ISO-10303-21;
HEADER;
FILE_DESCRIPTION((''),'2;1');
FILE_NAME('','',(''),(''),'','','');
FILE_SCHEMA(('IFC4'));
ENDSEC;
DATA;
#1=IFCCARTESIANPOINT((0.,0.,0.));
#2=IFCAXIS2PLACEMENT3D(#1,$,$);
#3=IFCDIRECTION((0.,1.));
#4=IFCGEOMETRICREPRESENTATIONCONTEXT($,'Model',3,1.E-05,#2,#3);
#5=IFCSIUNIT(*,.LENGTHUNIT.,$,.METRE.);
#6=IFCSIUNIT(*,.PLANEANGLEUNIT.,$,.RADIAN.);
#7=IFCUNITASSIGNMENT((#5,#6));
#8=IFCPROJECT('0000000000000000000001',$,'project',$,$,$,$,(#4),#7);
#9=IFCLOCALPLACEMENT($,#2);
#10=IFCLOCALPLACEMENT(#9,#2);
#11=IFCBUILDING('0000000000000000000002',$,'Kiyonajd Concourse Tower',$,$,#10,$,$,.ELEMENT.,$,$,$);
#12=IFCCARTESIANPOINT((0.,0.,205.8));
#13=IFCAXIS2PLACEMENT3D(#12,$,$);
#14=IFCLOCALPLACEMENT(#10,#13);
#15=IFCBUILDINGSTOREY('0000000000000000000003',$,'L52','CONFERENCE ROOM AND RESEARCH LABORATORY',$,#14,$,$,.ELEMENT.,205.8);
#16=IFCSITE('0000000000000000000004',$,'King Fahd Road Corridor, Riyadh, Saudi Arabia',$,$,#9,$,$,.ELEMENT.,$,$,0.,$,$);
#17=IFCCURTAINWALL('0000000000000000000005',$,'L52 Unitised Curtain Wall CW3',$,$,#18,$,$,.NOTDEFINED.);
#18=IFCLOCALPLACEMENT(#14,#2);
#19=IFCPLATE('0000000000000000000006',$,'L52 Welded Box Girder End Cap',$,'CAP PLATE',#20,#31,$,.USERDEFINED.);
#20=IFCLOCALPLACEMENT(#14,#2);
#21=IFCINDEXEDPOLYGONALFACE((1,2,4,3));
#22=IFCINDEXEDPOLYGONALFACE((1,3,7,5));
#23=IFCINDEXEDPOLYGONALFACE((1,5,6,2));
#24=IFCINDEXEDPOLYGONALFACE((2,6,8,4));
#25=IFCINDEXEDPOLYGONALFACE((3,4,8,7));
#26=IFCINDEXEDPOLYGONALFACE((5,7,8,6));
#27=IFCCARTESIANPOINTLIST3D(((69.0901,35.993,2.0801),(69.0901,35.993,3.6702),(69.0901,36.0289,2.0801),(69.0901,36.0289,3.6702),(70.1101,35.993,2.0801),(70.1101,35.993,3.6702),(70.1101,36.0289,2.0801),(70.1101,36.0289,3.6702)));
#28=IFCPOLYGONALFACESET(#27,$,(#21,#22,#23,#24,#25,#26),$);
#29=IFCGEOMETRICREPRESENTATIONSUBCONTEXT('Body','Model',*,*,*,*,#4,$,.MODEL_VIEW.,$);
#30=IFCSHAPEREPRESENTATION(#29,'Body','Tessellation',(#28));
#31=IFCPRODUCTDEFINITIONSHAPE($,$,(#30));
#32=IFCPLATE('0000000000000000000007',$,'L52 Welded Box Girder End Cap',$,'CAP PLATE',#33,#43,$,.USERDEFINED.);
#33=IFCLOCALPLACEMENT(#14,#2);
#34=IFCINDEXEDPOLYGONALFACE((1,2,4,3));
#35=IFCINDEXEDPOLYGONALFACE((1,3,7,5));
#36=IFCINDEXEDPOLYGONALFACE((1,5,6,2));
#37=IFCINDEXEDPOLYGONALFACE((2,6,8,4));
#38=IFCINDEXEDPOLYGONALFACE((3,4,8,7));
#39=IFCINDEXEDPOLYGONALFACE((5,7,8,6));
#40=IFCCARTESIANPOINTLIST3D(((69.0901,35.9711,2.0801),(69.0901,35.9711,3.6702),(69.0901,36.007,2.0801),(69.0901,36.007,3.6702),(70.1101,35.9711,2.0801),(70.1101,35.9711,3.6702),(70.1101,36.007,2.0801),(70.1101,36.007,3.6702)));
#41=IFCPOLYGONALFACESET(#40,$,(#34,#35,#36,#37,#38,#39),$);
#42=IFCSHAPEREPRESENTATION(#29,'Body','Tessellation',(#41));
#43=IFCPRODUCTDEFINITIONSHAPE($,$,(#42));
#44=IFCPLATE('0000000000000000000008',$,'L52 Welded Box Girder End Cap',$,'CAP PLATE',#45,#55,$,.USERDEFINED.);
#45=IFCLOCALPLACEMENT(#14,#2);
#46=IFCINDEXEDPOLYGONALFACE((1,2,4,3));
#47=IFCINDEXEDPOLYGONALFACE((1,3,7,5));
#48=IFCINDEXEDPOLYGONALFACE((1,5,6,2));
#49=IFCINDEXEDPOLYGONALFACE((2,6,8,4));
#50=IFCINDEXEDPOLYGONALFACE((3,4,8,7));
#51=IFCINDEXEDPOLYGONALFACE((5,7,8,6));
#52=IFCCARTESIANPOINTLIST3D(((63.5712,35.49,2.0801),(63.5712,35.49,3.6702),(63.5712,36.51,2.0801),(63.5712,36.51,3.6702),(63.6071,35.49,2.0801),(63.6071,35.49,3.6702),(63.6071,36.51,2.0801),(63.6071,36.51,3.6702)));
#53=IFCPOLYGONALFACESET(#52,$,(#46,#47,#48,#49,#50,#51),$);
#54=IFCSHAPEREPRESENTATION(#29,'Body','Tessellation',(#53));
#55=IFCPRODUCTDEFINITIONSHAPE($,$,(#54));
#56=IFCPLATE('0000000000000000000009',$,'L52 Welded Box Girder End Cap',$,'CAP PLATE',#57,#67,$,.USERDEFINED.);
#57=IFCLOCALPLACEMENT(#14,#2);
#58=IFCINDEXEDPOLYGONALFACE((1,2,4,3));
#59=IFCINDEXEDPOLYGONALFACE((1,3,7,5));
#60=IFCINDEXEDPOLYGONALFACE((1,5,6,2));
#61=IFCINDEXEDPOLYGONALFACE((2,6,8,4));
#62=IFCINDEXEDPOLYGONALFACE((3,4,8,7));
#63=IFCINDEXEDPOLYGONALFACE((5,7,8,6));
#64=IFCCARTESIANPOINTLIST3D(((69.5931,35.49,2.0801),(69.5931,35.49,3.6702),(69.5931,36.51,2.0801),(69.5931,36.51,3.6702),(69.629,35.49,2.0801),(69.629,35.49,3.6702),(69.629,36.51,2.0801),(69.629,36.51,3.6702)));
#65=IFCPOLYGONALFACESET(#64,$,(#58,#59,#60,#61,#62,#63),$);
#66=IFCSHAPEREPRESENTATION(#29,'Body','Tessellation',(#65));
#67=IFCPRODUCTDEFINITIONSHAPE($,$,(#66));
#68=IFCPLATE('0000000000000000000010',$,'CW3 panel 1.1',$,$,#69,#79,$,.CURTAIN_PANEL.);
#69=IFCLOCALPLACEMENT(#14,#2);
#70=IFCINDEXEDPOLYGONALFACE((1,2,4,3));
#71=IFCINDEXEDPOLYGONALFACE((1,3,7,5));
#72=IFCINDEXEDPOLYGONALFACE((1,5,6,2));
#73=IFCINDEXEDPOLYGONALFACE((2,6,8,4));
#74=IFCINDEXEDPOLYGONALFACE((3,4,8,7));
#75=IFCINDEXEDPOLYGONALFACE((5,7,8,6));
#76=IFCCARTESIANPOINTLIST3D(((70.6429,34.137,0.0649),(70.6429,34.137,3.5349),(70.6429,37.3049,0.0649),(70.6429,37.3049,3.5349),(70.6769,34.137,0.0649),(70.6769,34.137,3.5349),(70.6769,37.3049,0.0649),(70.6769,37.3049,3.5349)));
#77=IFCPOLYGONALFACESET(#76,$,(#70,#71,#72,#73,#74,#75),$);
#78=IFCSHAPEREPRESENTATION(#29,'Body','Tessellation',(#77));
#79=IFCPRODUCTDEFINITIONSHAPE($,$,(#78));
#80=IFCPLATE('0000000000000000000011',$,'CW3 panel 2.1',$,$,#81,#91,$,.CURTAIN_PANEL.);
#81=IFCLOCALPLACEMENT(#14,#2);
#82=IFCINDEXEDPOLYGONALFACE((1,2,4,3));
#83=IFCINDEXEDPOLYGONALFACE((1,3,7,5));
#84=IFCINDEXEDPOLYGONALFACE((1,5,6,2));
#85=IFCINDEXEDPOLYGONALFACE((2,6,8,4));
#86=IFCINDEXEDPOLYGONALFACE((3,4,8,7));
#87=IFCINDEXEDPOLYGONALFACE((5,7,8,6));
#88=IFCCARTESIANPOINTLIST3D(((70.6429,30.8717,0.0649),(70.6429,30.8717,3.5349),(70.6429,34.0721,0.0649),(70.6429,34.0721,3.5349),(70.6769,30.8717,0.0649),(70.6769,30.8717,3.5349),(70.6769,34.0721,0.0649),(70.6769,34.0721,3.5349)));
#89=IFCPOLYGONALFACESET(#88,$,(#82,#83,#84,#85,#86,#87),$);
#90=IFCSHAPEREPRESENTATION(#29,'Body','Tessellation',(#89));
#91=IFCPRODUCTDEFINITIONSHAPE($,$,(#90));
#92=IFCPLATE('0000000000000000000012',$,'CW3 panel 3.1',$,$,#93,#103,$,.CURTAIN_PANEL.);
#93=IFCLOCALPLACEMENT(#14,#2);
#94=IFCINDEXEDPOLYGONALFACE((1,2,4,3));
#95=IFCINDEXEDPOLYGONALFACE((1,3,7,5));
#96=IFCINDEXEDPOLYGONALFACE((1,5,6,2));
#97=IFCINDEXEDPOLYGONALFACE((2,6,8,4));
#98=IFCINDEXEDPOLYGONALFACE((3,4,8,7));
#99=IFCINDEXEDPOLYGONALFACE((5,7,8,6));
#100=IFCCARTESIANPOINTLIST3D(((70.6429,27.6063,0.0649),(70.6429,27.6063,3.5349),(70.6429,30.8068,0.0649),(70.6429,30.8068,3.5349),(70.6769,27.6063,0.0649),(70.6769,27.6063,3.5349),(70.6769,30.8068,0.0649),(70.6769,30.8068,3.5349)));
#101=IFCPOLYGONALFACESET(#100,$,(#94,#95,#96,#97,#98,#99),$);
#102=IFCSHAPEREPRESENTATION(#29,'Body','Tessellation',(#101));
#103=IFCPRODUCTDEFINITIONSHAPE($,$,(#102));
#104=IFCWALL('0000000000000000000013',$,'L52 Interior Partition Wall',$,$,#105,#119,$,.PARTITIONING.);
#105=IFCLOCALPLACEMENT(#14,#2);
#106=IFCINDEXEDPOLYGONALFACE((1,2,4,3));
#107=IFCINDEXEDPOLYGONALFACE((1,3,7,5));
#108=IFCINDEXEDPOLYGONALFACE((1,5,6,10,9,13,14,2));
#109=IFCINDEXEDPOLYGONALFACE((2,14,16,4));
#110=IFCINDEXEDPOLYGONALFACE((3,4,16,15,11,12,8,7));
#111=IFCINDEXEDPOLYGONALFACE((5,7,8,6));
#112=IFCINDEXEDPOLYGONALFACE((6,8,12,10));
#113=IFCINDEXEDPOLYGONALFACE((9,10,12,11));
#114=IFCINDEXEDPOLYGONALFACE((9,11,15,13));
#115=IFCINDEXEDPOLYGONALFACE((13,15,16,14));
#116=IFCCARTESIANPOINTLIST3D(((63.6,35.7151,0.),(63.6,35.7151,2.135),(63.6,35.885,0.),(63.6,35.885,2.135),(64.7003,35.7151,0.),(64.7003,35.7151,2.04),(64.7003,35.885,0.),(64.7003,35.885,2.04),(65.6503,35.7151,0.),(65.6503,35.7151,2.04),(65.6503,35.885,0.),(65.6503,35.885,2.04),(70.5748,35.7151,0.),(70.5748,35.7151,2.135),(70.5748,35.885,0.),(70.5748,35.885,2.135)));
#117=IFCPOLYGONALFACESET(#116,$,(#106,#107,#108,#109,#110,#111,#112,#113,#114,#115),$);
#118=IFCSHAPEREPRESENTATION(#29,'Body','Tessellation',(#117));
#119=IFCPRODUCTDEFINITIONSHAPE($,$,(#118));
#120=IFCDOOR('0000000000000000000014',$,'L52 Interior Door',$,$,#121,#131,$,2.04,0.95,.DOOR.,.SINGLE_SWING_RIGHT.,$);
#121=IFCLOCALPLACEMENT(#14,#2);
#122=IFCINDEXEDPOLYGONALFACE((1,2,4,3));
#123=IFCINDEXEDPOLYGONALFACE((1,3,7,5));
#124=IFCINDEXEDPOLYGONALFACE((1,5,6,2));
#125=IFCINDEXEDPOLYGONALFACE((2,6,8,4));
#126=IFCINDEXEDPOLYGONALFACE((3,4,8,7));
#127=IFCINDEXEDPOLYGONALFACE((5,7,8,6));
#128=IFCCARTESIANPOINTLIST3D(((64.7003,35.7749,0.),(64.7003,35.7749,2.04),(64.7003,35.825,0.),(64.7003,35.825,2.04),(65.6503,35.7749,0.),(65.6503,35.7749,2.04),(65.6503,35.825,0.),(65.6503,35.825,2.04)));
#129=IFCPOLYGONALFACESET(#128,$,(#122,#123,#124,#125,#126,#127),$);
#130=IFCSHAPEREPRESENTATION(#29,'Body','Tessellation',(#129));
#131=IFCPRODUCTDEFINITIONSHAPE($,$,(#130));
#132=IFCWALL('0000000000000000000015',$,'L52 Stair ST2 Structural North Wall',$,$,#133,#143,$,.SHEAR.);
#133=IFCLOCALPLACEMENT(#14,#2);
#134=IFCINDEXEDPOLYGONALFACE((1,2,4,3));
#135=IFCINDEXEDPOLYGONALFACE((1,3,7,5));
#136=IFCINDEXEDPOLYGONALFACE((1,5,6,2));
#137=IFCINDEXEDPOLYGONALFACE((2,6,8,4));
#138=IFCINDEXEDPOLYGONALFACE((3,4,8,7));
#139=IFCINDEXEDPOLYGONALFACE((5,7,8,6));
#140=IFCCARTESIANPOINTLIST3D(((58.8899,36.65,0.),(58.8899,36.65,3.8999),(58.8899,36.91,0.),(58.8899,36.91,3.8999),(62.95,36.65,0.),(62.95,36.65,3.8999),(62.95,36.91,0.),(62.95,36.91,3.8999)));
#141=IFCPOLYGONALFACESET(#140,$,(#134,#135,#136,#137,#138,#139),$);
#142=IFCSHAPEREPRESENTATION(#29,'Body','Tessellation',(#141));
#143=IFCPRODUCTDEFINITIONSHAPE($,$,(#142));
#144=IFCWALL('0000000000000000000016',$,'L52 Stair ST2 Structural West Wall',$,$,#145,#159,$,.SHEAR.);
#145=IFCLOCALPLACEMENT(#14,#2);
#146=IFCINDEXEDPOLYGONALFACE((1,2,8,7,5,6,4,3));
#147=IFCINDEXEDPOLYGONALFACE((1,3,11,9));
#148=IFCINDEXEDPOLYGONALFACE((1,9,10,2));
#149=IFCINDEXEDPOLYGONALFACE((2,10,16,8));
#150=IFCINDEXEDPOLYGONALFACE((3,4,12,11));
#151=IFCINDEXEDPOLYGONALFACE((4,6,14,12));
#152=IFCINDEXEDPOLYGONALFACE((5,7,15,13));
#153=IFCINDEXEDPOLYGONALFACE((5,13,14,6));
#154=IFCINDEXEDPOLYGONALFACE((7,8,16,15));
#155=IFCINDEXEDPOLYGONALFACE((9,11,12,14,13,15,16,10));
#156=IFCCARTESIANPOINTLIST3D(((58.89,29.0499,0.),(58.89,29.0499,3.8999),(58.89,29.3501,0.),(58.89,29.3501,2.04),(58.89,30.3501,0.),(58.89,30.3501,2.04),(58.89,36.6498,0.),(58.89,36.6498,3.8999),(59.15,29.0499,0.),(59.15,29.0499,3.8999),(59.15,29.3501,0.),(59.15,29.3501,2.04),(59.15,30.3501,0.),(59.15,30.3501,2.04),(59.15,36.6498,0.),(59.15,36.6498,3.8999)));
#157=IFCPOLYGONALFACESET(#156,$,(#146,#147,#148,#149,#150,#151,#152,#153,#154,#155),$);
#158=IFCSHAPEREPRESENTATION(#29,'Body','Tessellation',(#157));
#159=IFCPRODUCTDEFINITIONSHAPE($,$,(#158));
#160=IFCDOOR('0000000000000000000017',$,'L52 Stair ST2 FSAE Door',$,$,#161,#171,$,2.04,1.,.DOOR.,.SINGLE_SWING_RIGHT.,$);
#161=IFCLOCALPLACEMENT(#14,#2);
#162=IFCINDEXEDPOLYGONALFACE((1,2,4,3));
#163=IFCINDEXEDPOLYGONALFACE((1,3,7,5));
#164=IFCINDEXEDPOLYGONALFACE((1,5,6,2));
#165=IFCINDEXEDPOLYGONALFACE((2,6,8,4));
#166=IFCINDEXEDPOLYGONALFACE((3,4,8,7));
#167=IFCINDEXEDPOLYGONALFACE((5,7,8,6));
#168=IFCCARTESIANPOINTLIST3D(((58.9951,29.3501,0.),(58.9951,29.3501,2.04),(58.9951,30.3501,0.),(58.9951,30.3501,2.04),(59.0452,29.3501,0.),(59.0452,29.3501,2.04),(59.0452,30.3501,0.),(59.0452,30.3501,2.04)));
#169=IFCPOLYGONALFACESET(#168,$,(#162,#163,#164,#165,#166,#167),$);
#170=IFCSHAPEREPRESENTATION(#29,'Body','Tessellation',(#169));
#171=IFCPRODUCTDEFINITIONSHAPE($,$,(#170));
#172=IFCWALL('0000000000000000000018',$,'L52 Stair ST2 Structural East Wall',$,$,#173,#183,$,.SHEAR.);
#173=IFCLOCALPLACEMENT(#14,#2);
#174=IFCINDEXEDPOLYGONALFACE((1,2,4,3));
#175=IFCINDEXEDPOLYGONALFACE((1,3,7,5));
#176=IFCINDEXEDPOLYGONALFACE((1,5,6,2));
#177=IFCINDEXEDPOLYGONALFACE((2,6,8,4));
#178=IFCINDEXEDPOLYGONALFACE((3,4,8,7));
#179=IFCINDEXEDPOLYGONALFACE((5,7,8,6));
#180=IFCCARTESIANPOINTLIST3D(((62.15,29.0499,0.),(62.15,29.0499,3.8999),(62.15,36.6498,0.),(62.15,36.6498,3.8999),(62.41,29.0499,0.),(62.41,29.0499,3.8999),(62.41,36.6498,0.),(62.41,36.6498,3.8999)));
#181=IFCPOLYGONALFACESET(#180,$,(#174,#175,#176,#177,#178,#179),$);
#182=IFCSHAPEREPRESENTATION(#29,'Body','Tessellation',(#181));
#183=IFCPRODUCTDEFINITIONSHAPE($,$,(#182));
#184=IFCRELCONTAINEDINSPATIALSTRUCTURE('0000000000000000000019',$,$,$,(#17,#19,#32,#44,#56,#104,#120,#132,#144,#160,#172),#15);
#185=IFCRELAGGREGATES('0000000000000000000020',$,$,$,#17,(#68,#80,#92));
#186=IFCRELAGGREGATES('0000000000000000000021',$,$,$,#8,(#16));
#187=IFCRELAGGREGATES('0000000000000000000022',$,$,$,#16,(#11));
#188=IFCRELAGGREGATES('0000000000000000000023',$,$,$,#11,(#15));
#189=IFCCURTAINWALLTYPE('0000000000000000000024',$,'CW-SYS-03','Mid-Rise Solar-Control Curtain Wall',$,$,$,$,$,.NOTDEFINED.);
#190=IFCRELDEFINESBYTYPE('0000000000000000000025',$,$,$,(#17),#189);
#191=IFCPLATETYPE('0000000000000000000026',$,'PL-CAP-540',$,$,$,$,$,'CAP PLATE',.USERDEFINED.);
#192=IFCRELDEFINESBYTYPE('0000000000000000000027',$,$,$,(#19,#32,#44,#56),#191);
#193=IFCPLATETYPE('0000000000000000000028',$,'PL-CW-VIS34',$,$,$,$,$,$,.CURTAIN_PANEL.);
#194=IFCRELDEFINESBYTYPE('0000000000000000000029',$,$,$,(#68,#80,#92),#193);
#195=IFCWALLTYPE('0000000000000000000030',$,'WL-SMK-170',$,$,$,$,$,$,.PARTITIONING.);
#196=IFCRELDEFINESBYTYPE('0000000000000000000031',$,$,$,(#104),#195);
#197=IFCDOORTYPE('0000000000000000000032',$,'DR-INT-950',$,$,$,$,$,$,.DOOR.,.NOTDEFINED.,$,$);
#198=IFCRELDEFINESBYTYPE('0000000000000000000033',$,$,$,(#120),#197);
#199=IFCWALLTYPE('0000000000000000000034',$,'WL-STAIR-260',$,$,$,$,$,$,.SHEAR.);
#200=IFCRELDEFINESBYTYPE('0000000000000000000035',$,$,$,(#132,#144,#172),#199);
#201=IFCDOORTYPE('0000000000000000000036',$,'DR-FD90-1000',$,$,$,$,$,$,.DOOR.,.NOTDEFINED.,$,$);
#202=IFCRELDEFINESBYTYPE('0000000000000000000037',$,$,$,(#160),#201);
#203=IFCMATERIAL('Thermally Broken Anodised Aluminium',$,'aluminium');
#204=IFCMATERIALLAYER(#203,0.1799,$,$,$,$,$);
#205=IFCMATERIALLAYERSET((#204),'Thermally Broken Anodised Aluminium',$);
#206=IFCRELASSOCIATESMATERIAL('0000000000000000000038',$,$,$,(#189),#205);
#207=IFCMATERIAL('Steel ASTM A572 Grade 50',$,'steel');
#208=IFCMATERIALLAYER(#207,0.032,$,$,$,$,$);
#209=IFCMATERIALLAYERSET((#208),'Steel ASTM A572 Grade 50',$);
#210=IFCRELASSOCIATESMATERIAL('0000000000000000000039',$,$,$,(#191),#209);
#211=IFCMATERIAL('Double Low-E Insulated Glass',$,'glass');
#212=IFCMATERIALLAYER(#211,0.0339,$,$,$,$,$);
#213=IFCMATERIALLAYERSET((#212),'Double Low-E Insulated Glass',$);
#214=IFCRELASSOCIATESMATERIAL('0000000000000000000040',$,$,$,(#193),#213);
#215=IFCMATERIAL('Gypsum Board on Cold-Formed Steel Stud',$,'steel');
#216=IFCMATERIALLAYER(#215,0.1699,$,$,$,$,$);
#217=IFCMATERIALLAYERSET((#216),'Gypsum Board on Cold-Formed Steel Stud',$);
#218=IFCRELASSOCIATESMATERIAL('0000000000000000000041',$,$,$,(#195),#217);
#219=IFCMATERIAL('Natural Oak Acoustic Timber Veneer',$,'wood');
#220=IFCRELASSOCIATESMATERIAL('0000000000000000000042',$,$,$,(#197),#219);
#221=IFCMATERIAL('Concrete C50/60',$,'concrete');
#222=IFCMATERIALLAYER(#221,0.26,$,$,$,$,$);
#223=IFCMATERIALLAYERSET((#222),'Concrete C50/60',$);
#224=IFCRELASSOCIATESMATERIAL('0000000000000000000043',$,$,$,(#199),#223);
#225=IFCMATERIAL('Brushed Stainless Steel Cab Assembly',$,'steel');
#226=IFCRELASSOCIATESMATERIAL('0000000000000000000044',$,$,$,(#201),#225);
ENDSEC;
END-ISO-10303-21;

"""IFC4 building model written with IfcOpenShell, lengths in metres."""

from ifc_helpers import new_model, si_unit, direction, frame, frame_2d, origin, origin_2d, place, context, subcontext, project, spatial, rectangle, extrude, material, layer, layer_set, type_object, element, fill, aggregate, save


model = new_model("IFC4")

# Units and contexts
model_context = context("Model", 3, precision=1e-05, world=origin(), true_north=direction((0.0, 1.0)))
body_context = subcontext(model_context, "Body", "Model", "MODEL_VIEW")
ifc_project = project(units=[si_unit("LENGTHUNIT", "METRE"), si_unit("PLANEANGLEUNIT", "RADIAN")], contexts=[model_context])

# Site, building, storey
site_placement = place(None, origin())
site = spatial("IfcSite", under=ifc_project, at=site_placement, Name="King Fahd Road Corridor, Riyadh, Saudi Arabia", CompositionType="ELEMENT", RefElevation=0.0)
building_placement = place(site_placement, origin())
building = spatial("IfcBuilding", under=site, at=building_placement, Name="Kiyonajd Concourse Tower", CompositionType="ELEMENT")
storey_placement = place(building_placement, frame((0.0, 0.0, 205.8)))
storey = spatial("IfcBuildingStorey", under=building, at=storey_placement, Name="L52", Description="CONFERENCE ROOM AND RESEARCH LABORATORY", CompositionType="ELEMENT", Elevation=205.8)

# Shared definitions
ifc_material_1 = material(Name="Steel ASTM A572 Grade 50", Category="steel")

# Curtain wall
ifc_material_2 = material(Name="Thermally Broken Anodised Aluminium", Category="aluminium")
ifc_layer_1 = layer(ifc_material_2, 0.1799)
ifc_layer_set_1 = layer_set([ifc_layer_1], Name="Thermally Broken Anodised Aluminium")
curtain_wall_type = type_object("IfcCurtainWallType", Name="CW-SYS-03", Description="Mid-Rise Solar-Control Curtain Wall", PredefinedType="NOTDEFINED", material=ifc_layer_set_1)
curtain_wall_placement = place(storey_placement, origin())
curtain_wall = element("IfcCurtainWall", 1, at=curtain_wall_placement, inside=storey, type_object=curtain_wall_type, Name="L52 Unitised Curtain Wall CW3", PredefinedType="NOTDEFINED")

# Plates
ifc_layer_2 = layer(ifc_material_1, 0.032)
ifc_layer_set_2 = layer_set([ifc_layer_2], Name="Steel ASTM A572 Grade 50")
plate_type_1 = type_object("IfcPlateType", Name="PL-CAP-540", ElementType="CAP PLATE", PredefinedType="USERDEFINED", material=ifc_layer_set_2)
for number, where, z_axis, x_axis, name in (
    (2, (69.6001, 36.011, 2.0801), (0.0, 0.0, 1.0), (0.0, 1.0, 0.0), "L52 Welded Box Girder End Cap"),
    (3, (69.6001, 35.989, 2.0801), (0.0, 0.0, 1.0), (0.0, -1.0, 0.0), "L52 Welded Box Girder End Cap"),
    (4, (63.5891, 36.0, 2.0801), (0.0, 0.0, 1.0), (-1.0, 0.0, 0.0), "L52 Welded Box Girder End Cap"),
    (5, (69.6111, 36.0, 2.0801), (0.0, 0.0, 1.0), (1.0, 0.0, 0.0), "L52 Welded Box Girder End Cap"),
):
    element("IfcPlate", number, at=place(storey_placement, frame(where, z_axis=z_axis, x_axis=x_axis)), inside=storey, type_object=plate_type_1, Name=name, ObjectType="CAP PLATE", PredefinedType="USERDEFINED", context=body_context, shape_type="SweptSolid", body=[
        extrude(rectangle(XDim=0.0359, YDim=1.02, at=origin_2d()), origin(), (0.0, 0.0, 1.0), 1.5901),
    ])

# Plates
ifc_material_3 = material(Name="Double Low-E Insulated Glass", Category="glass")
ifc_layer_3 = layer(ifc_material_3, 0.0339)
ifc_layer_set_3 = layer_set([ifc_layer_3], Name="Double Low-E Insulated Glass")
plate_type_2 = type_object("IfcPlateType", Name="PL-CW-VIS34", PredefinedType="CURTAIN_PANEL", material=ifc_layer_set_3)
plate_1_placement = place(storey_placement, frame((70.6599, 35.7209, 0.0649), z_axis=(0.0, 0.0, 1.0), x_axis=(0.0, -1.0, 0.0)))
plate_1 = element("IfcPlate", 6, at=plate_1_placement, type_object=plate_type_2, Name="CW3 panel 1.1", PredefinedType="CURTAIN_PANEL", context=body_context, shape_type="SweptSolid", body=[
    extrude(rectangle(XDim=3.168, YDim=0.0339, at=origin_2d()), origin(), (0.0, 0.0, 1.0), 3.47),
])
plate_2_placement = place(storey_placement, frame((70.6599, 32.4719, 0.0649), z_axis=(0.0, 0.0, 1.0), x_axis=(0.0, -1.0, 0.0)))
plate_2 = element("IfcPlate", 7, at=plate_2_placement, type_object=plate_type_2, Name="CW3 panel 2.1", PredefinedType="CURTAIN_PANEL", context=body_context, shape_type="SweptSolid", body=[
    extrude(rectangle(XDim=3.2004, YDim=0.0339, at=origin_2d()), origin(), (0.0, 0.0, 1.0), 3.47),
])
plate_3_placement = place(storey_placement, frame((70.6599, 29.2065, 0.0649), z_axis=(0.0, 0.0, 1.0), x_axis=(0.0, -1.0, 0.0)))
plate_3 = element("IfcPlate", 8, at=plate_3_placement, type_object=plate_type_2, Name="CW3 panel 3.1", PredefinedType="CURTAIN_PANEL", context=body_context, shape_type="SweptSolid", body=[
    extrude(rectangle(XDim=3.2004, YDim=0.0339, at=origin_2d()), origin(), (0.0, 0.0, 1.0), 3.47),
])
aggregate(curtain_wall, [plate_1, plate_2, plate_3])

# Wall, opening, door
ifc_material_4 = material(Name="Gypsum Board on Cold-Formed Steel Stud", Category="steel")
ifc_layer_4 = layer(ifc_material_4, 0.1699)
ifc_layer_set_4 = layer_set([ifc_layer_4], Name="Gypsum Board on Cold-Formed Steel Stud")
wall_type_1 = type_object("IfcWallType", Name="WL-SMK-170", PredefinedType="PARTITIONING", material=ifc_layer_set_4)
wall_1_placement = place(storey_placement, frame((63.6001, 35.8, 0.0), z_axis=(0.0, 0.0, 1.0), x_axis=(1.0, 0.0, 0.0)))
wall_1 = element("IfcWall", 9, at=wall_1_placement, inside=storey, type_object=wall_type_1, Name="L52 Interior Partition Wall", PredefinedType="PARTITIONING", context=body_context, shape_type="SweptSolid", body=[
    extrude(rectangle(XDim=6.9749, YDim=0.1699, at=frame_2d((3.4873, 0.0))), origin(), (0.0, 0.0, 1.0), 2.135),
])
opening_1_placement = place(wall_1_placement, frame((1.1001, 0.0, 0.0)))
opening_1 = element("IfcOpeningElement", 10, at=opening_1_placement, cuts=wall_1, PredefinedType="OPENING", context=body_context, shape_type="SweptSolid", body=[
    extrude(rectangle(XDim=0.95, YDim=2.04, at=frame_2d((0.4751, 1.02))), frame((0.0, 0.095, 0.0), z_axis=(0.0, -1.0, 0.0), x_axis=(1.0, 0.0, 0.0)), (0.0, 0.0, 1.0), 0.1899),
])
ifc_material_5 = material(Name="Natural Oak Acoustic Timber Veneer", Category="wood")
door_type_1 = type_object("IfcDoorType", Name="DR-INT-950", OperationType="NOTDEFINED", PredefinedType="DOOR", material=ifc_material_5)
door_1_placement = place(opening_1_placement, origin())
door_1 = element("IfcDoor", 11, at=door_1_placement, inside=storey, type_object=door_type_1, Name="L52 Interior Door", OperationType="SINGLE_SWING_RIGHT", OverallHeight=2.04, OverallWidth=0.95, PredefinedType="DOOR", context=body_context, shape_type="SweptSolid", body=[
    extrude(rectangle(XDim=0.95, YDim=2.04, at=frame_2d((0.4751, 1.02))), frame((0.0, 0.0249, 0.0), z_axis=(0.0, -1.0, 0.0), x_axis=(1.0, 0.0, 0.0)), (0.0, 0.0, 1.0), 0.05),
])
fill(opening_1, door_1)

# Wall
ifc_material_6 = material(Name="Concrete C50/60", Category="concrete")
ifc_layer_5 = layer(ifc_material_6, 0.26)
ifc_layer_set_5 = layer_set([ifc_layer_5], Name="Concrete C50/60")
wall_type_2 = type_object("IfcWallType", Name="WL-STAIR-260", PredefinedType="SHEAR", material=ifc_layer_set_5)
wall_2_placement = place(storey_placement, frame((58.8899, 36.78, 0.0), z_axis=(0.0, 0.0, 1.0), x_axis=(1.0, 0.0, 0.0)))
element("IfcWall", 12, at=wall_2_placement, inside=storey, type_object=wall_type_2, Name="L52 Stair ST2 Structural North Wall", PredefinedType="SHEAR", context=body_context, shape_type="SweptSolid", body=[
    extrude(rectangle(XDim=4.0601, YDim=0.26, at=frame_2d((2.03, 0.0))), origin(), (0.0, 0.0, 1.0), 3.8999),
])

# Wall, opening, door
wall_3_placement = place(storey_placement, frame((59.02, 29.05, 0.0), z_axis=(0.0, 0.0, 1.0), x_axis=(0.0, 1.0, 0.0)))
wall_3 = element("IfcWall", 13, at=wall_3_placement, inside=storey, type_object=wall_type_2, Name="L52 Stair ST2 Structural West Wall", PredefinedType="SHEAR", context=body_context, shape_type="SweptSolid", body=[
    extrude(rectangle(XDim=7.5999, YDim=0.26, at=frame_2d((3.7998, 0.0))), origin(), (0.0, 0.0, 1.0), 3.8999),
])
opening_2_placement = place(wall_3_placement, frame((0.3, 0.0, 0.0)))
opening_2 = element("IfcOpeningElement", 14, at=opening_2_placement, cuts=wall_3, PredefinedType="OPENING", context=body_context, shape_type="SweptSolid", body=[
    extrude(rectangle(XDim=1.0, YDim=2.04, at=frame_2d((0.5, 1.02))), frame((0.0, 0.1399, 0.0), z_axis=(0.0, -1.0, 0.0), x_axis=(1.0, 0.0, 0.0)), (0.0, 0.0, 1.0), 0.28),
])
ifc_material_7 = material(Name="Brushed Stainless Steel Cab Assembly", Category="steel")
door_type_2 = type_object("IfcDoorType", Name="DR-FD90-1000", OperationType="NOTDEFINED", PredefinedType="DOOR", material=ifc_material_7)
door_2_placement = place(opening_2_placement, origin())
door_2 = element("IfcDoor", 15, at=door_2_placement, inside=storey, type_object=door_type_2, Name="L52 Stair ST2 FSAE Door", OperationType="SINGLE_SWING_RIGHT", OverallHeight=2.04, OverallWidth=1.0, PredefinedType="DOOR", context=body_context, shape_type="SweptSolid", body=[
    extrude(rectangle(XDim=1.0, YDim=2.04, at=frame_2d((0.5, 1.02))), frame((0.0, 0.0249, 0.0), z_axis=(0.0, -1.0, 0.0), x_axis=(1.0, 0.0, 0.0)), (0.0, 0.0, 1.0), 0.05),
])
fill(opening_2, door_2)

# Wall
wall_4_placement = place(storey_placement, frame((62.28, 29.05, 0.0), z_axis=(0.0, 0.0, 1.0), x_axis=(0.0, 1.0, 0.0)))
element("IfcWall", 16, at=wall_4_placement, inside=storey, type_object=wall_type_2, Name="L52 Stair ST2 Structural East Wall", PredefinedType="SHEAR", context=body_context, shape_type="SweptSolid", body=[
    extrude(rectangle(XDim=7.5999, YDim=0.26, at=frame_2d((3.7998, 0.0))), origin(), (0.0, 0.0, 1.0), 3.8999),
])

save(model, "model.ifc")
